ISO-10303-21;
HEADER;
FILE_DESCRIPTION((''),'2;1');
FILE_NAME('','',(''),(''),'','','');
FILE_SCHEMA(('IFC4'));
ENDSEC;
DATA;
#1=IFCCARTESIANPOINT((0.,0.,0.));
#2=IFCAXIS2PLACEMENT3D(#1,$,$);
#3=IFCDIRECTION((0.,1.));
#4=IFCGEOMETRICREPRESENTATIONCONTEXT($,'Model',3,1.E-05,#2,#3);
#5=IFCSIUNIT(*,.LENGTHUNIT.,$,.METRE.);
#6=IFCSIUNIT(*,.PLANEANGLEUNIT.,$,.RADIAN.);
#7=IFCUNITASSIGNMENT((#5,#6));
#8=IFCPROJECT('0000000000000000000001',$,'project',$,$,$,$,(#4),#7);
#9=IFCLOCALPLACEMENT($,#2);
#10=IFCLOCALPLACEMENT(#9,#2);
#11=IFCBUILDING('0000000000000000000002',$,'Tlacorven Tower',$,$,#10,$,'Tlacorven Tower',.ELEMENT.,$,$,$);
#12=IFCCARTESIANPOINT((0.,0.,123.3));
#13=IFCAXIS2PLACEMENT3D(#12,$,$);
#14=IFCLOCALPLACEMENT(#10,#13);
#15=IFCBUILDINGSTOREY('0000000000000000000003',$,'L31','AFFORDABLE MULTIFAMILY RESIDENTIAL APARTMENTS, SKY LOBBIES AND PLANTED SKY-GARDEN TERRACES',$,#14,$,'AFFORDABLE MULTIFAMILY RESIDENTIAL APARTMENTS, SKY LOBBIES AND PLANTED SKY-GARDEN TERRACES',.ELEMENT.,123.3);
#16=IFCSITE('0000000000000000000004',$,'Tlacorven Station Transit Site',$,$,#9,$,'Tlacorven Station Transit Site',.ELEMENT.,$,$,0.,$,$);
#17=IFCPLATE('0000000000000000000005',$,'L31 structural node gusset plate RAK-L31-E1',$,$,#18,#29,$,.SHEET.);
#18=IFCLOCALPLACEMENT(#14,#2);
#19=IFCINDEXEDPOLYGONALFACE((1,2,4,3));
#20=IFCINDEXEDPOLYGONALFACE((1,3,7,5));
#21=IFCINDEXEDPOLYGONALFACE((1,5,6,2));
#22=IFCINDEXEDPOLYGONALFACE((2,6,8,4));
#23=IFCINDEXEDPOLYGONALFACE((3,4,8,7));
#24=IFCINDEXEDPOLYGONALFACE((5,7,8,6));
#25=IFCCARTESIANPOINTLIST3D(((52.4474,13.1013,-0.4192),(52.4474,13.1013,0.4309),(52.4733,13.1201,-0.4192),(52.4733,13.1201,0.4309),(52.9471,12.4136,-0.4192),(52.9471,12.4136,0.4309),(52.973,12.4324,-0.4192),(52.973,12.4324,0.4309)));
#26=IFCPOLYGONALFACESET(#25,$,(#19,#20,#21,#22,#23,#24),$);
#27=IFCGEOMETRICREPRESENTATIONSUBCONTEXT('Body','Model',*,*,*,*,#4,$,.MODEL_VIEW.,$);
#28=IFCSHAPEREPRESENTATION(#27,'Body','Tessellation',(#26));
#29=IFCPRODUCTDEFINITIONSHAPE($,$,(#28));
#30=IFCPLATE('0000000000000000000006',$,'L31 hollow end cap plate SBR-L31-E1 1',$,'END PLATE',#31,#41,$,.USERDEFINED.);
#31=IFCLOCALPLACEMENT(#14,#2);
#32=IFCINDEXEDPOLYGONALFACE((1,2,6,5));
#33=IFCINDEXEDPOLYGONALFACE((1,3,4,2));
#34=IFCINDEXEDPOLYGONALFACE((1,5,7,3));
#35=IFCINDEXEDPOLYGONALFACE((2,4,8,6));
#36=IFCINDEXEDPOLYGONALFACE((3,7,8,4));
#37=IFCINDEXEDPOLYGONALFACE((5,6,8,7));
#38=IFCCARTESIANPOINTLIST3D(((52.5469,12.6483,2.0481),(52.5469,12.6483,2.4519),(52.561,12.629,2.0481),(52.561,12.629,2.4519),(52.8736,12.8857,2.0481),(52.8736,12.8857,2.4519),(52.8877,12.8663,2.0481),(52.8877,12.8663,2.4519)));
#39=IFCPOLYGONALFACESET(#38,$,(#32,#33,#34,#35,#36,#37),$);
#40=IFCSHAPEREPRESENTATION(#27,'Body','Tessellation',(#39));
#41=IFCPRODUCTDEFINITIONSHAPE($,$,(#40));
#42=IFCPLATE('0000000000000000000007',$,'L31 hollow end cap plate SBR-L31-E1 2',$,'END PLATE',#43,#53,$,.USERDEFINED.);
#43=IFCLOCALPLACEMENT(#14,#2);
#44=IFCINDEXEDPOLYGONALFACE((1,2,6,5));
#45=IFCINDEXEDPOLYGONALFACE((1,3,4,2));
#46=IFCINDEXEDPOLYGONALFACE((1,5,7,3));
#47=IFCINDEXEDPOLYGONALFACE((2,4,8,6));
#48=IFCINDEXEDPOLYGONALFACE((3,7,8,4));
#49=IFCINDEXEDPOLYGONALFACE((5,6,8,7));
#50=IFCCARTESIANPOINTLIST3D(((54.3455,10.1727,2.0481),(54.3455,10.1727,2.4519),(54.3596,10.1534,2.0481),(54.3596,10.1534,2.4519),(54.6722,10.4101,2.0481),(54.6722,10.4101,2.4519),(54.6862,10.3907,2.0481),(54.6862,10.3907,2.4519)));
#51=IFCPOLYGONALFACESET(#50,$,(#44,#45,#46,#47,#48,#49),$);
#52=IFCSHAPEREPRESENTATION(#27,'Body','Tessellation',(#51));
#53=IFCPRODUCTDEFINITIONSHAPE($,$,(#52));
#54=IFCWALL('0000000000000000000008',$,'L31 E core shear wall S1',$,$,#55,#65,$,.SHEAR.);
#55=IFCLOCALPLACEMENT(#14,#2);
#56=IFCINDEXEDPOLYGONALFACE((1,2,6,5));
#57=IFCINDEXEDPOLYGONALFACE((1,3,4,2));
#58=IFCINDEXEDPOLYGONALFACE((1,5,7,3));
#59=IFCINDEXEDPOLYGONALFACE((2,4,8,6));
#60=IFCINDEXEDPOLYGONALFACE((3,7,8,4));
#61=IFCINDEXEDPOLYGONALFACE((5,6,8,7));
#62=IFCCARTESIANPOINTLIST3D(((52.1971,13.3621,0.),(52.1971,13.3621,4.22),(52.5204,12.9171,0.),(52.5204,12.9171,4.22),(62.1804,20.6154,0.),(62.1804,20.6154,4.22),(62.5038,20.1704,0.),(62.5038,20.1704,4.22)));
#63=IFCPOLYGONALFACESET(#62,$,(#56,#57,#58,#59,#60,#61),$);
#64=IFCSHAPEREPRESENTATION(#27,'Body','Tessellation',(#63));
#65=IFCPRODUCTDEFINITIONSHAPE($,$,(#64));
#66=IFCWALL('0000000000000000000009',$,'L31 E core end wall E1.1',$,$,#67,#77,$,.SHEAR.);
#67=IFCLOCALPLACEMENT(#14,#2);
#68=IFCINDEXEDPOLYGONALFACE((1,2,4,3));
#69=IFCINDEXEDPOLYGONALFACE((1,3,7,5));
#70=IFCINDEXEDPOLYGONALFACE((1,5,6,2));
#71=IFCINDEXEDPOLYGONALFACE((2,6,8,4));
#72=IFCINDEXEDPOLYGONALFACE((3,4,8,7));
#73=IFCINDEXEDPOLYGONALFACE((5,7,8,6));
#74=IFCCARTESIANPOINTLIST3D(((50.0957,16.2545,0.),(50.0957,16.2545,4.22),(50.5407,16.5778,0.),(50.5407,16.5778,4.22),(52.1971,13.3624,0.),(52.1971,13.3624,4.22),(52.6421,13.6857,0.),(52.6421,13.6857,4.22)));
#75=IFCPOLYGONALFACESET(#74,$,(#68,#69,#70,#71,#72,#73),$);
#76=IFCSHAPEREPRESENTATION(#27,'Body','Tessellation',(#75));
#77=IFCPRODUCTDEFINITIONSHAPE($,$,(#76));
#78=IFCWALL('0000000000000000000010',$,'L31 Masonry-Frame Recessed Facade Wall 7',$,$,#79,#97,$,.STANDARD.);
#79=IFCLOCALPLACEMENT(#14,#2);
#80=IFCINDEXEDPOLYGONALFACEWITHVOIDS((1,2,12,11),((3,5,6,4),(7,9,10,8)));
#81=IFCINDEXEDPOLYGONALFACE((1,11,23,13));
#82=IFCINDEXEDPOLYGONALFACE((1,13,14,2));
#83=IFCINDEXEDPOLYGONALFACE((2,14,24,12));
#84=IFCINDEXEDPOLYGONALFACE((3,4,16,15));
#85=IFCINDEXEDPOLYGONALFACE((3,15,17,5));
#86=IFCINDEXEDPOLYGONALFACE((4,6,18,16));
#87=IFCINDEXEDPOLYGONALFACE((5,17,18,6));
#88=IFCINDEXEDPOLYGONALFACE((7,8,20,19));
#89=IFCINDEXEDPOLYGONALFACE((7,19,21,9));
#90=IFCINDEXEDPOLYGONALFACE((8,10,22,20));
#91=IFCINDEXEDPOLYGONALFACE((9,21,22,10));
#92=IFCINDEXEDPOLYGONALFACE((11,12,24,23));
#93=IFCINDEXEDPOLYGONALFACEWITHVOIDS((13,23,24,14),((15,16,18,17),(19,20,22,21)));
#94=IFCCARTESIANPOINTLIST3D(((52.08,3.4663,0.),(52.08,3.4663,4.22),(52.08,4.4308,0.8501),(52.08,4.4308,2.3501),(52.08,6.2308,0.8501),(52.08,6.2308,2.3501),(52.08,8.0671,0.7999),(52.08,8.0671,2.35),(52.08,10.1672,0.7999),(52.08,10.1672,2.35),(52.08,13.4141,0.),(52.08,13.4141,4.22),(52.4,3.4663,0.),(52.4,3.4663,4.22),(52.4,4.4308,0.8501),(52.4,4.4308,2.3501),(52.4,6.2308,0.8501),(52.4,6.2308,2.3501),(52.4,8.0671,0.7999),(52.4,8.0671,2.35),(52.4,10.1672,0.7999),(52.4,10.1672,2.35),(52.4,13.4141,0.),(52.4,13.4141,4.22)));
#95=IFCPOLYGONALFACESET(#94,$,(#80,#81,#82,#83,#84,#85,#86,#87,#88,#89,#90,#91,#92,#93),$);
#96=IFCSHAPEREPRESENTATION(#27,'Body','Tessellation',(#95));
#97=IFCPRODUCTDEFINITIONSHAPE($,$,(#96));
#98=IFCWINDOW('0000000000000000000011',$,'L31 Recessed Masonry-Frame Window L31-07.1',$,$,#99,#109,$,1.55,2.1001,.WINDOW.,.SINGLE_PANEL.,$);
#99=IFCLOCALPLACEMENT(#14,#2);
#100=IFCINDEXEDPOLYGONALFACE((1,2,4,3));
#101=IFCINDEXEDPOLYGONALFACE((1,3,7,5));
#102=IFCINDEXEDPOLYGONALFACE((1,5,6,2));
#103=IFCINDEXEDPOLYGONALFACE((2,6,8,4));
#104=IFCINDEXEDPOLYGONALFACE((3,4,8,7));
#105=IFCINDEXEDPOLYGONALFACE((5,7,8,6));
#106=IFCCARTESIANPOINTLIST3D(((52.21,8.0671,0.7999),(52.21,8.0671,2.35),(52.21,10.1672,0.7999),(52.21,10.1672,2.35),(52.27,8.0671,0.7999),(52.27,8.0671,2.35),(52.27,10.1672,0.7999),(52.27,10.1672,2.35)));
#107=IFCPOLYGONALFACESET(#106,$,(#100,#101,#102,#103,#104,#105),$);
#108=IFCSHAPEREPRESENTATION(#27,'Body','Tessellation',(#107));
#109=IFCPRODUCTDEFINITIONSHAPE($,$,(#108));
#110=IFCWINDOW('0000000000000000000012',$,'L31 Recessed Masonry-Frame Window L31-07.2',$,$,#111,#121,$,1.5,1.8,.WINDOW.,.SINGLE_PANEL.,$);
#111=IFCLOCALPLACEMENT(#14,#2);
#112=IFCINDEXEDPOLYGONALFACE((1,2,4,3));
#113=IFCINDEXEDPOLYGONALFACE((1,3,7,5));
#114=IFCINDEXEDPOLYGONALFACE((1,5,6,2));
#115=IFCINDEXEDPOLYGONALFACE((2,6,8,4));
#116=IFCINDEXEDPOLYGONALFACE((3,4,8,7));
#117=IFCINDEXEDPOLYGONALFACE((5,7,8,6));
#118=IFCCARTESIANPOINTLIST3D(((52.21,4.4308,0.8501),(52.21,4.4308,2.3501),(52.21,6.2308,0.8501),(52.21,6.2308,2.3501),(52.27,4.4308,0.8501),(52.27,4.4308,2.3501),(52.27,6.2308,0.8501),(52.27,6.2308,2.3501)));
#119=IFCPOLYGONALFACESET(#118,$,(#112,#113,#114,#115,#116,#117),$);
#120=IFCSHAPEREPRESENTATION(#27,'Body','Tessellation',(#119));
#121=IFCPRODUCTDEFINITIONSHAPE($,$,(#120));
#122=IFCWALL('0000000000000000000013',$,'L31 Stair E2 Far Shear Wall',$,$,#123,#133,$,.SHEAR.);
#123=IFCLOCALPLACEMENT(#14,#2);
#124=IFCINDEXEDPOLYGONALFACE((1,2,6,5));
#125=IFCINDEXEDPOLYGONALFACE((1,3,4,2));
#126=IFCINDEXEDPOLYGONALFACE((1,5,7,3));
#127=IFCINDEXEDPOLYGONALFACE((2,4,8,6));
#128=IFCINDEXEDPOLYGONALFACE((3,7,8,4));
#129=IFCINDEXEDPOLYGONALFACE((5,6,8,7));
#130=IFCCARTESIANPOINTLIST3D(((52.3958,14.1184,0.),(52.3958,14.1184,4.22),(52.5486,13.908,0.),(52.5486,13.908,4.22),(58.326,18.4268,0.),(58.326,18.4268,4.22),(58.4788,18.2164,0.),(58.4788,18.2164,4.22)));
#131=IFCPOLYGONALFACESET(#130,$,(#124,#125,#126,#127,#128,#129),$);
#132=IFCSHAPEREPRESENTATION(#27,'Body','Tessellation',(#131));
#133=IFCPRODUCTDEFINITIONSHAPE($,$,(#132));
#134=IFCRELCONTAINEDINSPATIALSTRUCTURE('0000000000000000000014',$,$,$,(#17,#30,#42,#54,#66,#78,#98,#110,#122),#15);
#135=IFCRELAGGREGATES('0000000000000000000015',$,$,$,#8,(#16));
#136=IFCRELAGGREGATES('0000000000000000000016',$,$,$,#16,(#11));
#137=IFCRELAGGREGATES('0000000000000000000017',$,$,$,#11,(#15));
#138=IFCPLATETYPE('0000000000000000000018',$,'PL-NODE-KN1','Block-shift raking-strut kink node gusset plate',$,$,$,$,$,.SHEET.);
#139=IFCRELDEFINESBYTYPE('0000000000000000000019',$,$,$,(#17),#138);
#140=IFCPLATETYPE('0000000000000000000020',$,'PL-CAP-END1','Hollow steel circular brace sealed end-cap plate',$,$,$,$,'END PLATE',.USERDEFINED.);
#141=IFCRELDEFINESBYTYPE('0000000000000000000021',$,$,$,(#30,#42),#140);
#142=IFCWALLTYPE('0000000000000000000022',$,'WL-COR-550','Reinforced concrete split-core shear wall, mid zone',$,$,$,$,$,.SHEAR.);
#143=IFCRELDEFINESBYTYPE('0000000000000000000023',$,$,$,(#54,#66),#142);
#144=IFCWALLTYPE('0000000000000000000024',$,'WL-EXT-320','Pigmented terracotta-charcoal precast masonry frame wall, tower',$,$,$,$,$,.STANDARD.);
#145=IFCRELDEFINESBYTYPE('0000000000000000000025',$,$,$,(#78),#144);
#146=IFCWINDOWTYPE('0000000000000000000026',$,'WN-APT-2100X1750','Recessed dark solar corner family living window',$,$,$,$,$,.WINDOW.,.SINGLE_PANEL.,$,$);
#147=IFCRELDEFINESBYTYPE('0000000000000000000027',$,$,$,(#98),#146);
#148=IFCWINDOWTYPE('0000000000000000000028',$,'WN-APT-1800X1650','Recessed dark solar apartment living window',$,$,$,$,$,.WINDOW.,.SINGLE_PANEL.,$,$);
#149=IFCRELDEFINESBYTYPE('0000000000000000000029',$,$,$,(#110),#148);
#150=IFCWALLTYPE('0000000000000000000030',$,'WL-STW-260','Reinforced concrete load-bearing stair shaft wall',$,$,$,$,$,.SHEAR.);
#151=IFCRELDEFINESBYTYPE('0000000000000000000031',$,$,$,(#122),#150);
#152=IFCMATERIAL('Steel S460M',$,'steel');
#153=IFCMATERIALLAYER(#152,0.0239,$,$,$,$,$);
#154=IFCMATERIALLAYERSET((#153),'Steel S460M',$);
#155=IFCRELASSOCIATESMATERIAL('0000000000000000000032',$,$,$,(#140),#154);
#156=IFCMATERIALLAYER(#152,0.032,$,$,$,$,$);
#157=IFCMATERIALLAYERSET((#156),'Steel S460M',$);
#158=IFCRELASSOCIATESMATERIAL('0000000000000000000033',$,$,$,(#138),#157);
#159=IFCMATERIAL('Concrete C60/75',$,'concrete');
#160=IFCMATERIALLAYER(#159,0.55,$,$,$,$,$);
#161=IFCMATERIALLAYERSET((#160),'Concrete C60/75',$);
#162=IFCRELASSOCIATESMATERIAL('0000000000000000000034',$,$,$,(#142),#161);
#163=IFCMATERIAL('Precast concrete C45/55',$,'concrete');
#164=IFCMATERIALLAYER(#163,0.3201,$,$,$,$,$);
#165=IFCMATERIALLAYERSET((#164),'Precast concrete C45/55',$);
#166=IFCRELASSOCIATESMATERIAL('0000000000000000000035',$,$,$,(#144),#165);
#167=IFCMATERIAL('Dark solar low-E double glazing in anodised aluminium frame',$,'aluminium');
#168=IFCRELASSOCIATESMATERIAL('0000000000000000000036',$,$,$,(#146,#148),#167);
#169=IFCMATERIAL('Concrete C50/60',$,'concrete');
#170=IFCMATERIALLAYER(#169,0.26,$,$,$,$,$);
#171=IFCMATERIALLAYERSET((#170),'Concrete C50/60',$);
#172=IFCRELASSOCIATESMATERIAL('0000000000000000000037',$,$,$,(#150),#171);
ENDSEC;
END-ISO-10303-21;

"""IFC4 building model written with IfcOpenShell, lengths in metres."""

from ifc_helpers import new_model, si_unit, direction, frame, frame_2d, origin, origin_2d, place, context, subcontext, project, spatial, rectangle, extrude, source, transform, mapped, material, layer, layer_set, type_object, element, fill, save


model = new_model("IFC4")

# Units and contexts
model_context = context("Model", 3, precision=1e-05, world=origin(), true_north=direction((0.0, 1.0)))
body_context = subcontext(model_context, "Body", "Model", "MODEL_VIEW")
ifc_project = project(units=[si_unit("LENGTHUNIT", "METRE"), si_unit("PLANEANGLEUNIT", "RADIAN")], contexts=[model_context])

# Site, building, storey
site_placement = place(None, origin())
site = spatial("IfcSite", under=ifc_project, at=site_placement, Name="Tlacorven Station Transit Site", LongName="Tlacorven Station Transit Site", CompositionType="ELEMENT", RefElevation=0.0)
building_placement = place(site_placement, origin())
building = spatial("IfcBuilding", under=site, at=building_placement, Name="Tlacorven Tower", LongName="Tlacorven Tower", CompositionType="ELEMENT")
storey_placement = place(building_placement, frame((0.0, 0.0, 123.3)))
storey = spatial("IfcBuildingStorey", under=building, at=storey_placement, Name="L31", Description="AFFORDABLE MULTIFAMILY RESIDENTIAL APARTMENTS, SKY LOBBIES AND PLANTED SKY-GARDEN TERRACES", LongName="AFFORDABLE MULTIFAMILY RESIDENTIAL APARTMENTS, SKY LOBBIES AND PLANTED SKY-GARDEN TERRACES", CompositionType="ELEMENT", Elevation=123.3)

# Shared definitions
ifc_material_1 = material(Name="Steel S460M", Category="steel")

# Plates
ifc_layer_1 = layer(ifc_material_1, 0.0239)
ifc_layer_set_1 = layer_set([ifc_layer_1], Name="Steel S460M")
plate_type_1 = type_object("IfcPlateType", Name="PL-CAP-END1", Description="Hollow steel circular brace sealed end-cap plate", ElementType="END PLATE", PredefinedType="USERDEFINED", material=ifc_layer_set_1)
ifc_layer_2 = layer(ifc_material_1, 0.032)
ifc_layer_set_2 = layer_set([ifc_layer_2], Name="Steel S460M")
plate_type_2 = type_object("IfcPlateType", Name="PL-NODE-KN1", Description="Block-shift raking-strut kink node gusset plate", PredefinedType="SHEET", material=ifc_layer_set_2)
shared_shape_1 = source(origin(), body_context, "Body", "SweptSolid", [
    extrude(rectangle(XDim=0.8501, YDim=0.032, at=origin_2d()), origin(), (0.0, 0.0, 1.0), 0.8501),
])
plate_1_placement = place(storey_placement, frame((52.7102, 12.7668, -0.4192), z_axis=(0.0, 0.0, 1.0), x_axis=(0.587785, -0.809017, 0.0)))
element("IfcPlate", 1, at=plate_1_placement, inside=storey, type_object=plate_type_2, Name="L31 structural node gusset plate RAK-L31-E1", PredefinedType="SHEET", context=body_context, shape_type="MappedRepresentation", body=[
    mapped(shared_shape_1, transform((0.0, 0.0, 0.0), scale=1.0)),
])
shared_shape_2 = source(origin(), body_context, "Body", "SweptSolid", [
    extrude(rectangle(XDim=0.0239, YDim=0.4038, at=origin_2d()), origin(), (0.0, 0.0, 1.0), 0.4038),
])
for number, where, z_axis, x_axis, name in (
    (2, (52.7173, 12.7573, 2.0481), (0.0, 0.0, 1.0), (0.587784, -0.809018, 0.0), "L31 hollow end cap plate SBR-L31-E1 1"),
    (3, (54.5159, 10.2817, 2.0481), (0.0, 0.0, 1.0), (0.587784, -0.809018, 0.0), "L31 hollow end cap plate SBR-L31-E1 2"),
):
    element("IfcPlate", number, at=place(storey_placement, frame(where, z_axis=z_axis, x_axis=x_axis)), inside=storey, type_object=plate_type_1, Name=name, ObjectType="END PLATE", PredefinedType="USERDEFINED", context=body_context, shape_type="MappedRepresentation", body=[
        mapped(shared_shape_2, transform((0.0, 0.0, 0.0), scale=1.0)),
    ])

# Walls
ifc_material_2 = material(Name="Concrete C60/75", Category="concrete")
ifc_layer_3 = layer(ifc_material_2, 0.55)
ifc_layer_set_3 = layer_set([ifc_layer_3], Name="Concrete C60/75")
wall_type_1 = type_object("IfcWallType", Name="WL-COR-550", Description="Reinforced concrete split-core shear wall, mid zone", PredefinedType="SHEAR", material=ifc_layer_set_3)
wall_1_placement = place(storey_placement, frame((52.3589, 13.1396, 0.0), z_axis=(0.0, 0.0, 1.0), x_axis=(0.809015, 0.587788, 0.0)))
element("IfcWall", 4, at=wall_1_placement, inside=storey, type_object=wall_type_1, Name="L31 E core shear wall S1", PredefinedType="SHEAR", context=body_context, shape_type="SweptSolid", body=[
    extrude(rectangle(XDim=12.3401, YDim=0.55, at=frame_2d((6.1699, 0.0))), origin(), (0.0, 0.0, 1.0), 4.22),
])
wall_2_placement = place(storey_placement, frame((52.4197, 13.5239, 0.0), z_axis=(0.0, 0.0, 1.0), x_axis=(-0.587802, 0.809005, 0.0)))
element("IfcWall", 5, at=wall_2_placement, inside=storey, type_object=wall_type_1, Name="L31 E core end wall E1.1", PredefinedType="SHEAR", context=body_context, shape_type="SweptSolid", body=[
    extrude(rectangle(XDim=3.575, YDim=0.55, at=frame_2d((1.7876, 0.0))), origin(), (0.0, 0.0, 1.0), 4.22),
])

# Wall, openings, windows
ifc_material_3 = material(Name="Precast concrete C45/55", Category="concrete")
ifc_layer_4 = layer(ifc_material_3, 0.3201)
ifc_layer_set_4 = layer_set([ifc_layer_4], Name="Precast concrete C45/55")
wall_type_2 = type_object("IfcWallType", Name="WL-EXT-320", Description="Pigmented terracotta-charcoal precast masonry frame wall, tower", PredefinedType="STANDARD", material=ifc_layer_set_4)
wall_3_placement = place(storey_placement, frame((52.24, 13.4141, 0.0), z_axis=(0.0, 0.0, 1.0), x_axis=(0.0, -1.0, 0.0)))
wall_3 = element("IfcWall", 6, at=wall_3_placement, inside=storey, type_object=wall_type_2, Name="L31 Masonry-Frame Recessed Facade Wall 7", PredefinedType="STANDARD", context=body_context, shape_type="SweptSolid", body=[
    extrude(rectangle(XDim=9.9478, YDim=0.3201, at=frame_2d((4.9739, 0.0))), origin(), (0.0, 0.0, 1.0), 4.22),
])
opening_1_placement = place(wall_3_placement, frame((3.2468, 0.0, 0.8)))
opening_1 = element("IfcOpeningElement", 7, at=opening_1_placement, cuts=wall_3, PredefinedType="OPENING", context=body_context, shape_type="SweptSolid", body=[
    extrude(rectangle(XDim=2.1001, YDim=1.55, at=frame_2d((1.05, 0.7749))), frame((0.0, 0.1699, 0.0), z_axis=(0.0, -1.0, 0.0), x_axis=(1.0, 0.0, 0.0)), (0.0, 0.0, 1.0), 0.3401),
])
opening_2_placement = place(wall_3_placement, frame((7.1833, 0.0, 0.8501)))
opening_2 = element("IfcOpeningElement", 8, at=opening_2_placement, cuts=wall_3, PredefinedType="OPENING", context=body_context, shape_type="SweptSolid", body=[
    extrude(rectangle(XDim=1.8, YDim=1.5, at=frame_2d((0.8999, 0.75))), frame((0.0, 0.1699, 0.0), z_axis=(0.0, -1.0, 0.0), x_axis=(1.0, 0.0, 0.0)), (0.0, 0.0, 1.0), 0.3401),
])
ifc_material_4 = material(Name="Dark solar low-E double glazing in anodised aluminium frame", Category="aluminium")
window_type_1 = type_object("IfcWindowType", Name="WN-APT-2100X1750", Description="Recessed dark solar corner family living window", PartitioningType="SINGLE_PANEL", PredefinedType="WINDOW", material=ifc_material_4)
shared_shape_3 = source(origin(), body_context, "Body", "SweptSolid", [
    extrude(rectangle(XDim=2.1001, YDim=1.55, at=frame_2d((1.05, 0.7749))), frame((0.0, 0.03, 0.0), z_axis=(0.0, -1.0, 0.0), x_axis=(1.0, 0.0, 0.0)), (0.0, 0.0, 1.0), 0.0601),
])
window_1_placement = place(opening_1_placement, origin())
window_1 = element("IfcWindow", 9, at=window_1_placement, inside=storey, type_object=window_type_1, Name="L31 Recessed Masonry-Frame Window L31-07.1", OverallHeight=1.55, OverallWidth=2.1001, PartitioningType="SINGLE_PANEL", PredefinedType="WINDOW", context=body_context, shape_type="MappedRepresentation", body=[
    mapped(shared_shape_3, transform((0.0, 0.0, 0.0), scale=1.0)),
])
fill(opening_1, window_1)
window_type_2 = type_object("IfcWindowType", Name="WN-APT-1800X1650", Description="Recessed dark solar apartment living window", PartitioningType="SINGLE_PANEL", PredefinedType="WINDOW", material=ifc_material_4)
shared_shape_4 = source(origin(), body_context, "Body", "SweptSolid", [
    extrude(rectangle(XDim=1.8, YDim=1.5, at=frame_2d((0.8999, 0.75))), frame((0.0, 0.03, 0.0), z_axis=(0.0, -1.0, 0.0), x_axis=(1.0, 0.0, 0.0)), (0.0, 0.0, 1.0), 0.0601),
])
window_2_placement = place(opening_2_placement, origin())
window_2 = element("IfcWindow", 10, at=window_2_placement, inside=storey, type_object=window_type_2, Name="L31 Recessed Masonry-Frame Window L31-07.2", OverallHeight=1.5, OverallWidth=1.8, PartitioningType="SINGLE_PANEL", PredefinedType="WINDOW", context=body_context, shape_type="MappedRepresentation", body=[
    mapped(shared_shape_4, transform((0.0, 0.0, 0.0), scale=1.0)),
])
fill(opening_2, window_2)

# Wall
ifc_material_5 = material(Name="Concrete C50/60", Category="concrete")
ifc_layer_5 = layer(ifc_material_5, 0.26)
ifc_layer_set_5 = layer_set([ifc_layer_5], Name="Concrete C50/60")
wall_type_3 = type_object("IfcWallType", Name="WL-STW-260", Description="Reinforced concrete load-bearing stair shaft wall", PredefinedType="SHEAR", material=ifc_layer_set_5)
wall_4_placement = place(storey_placement, frame((52.4722, 14.0132, 0.0), z_axis=(0.0, 0.0, 1.0), x_axis=(0.809028, 0.58777, 0.0)))
element("IfcWall", 11, at=wall_4_placement, inside=storey, type_object=wall_type_3, Name="L31 Stair E2 Far Shear Wall", PredefinedType="SHEAR", context=body_context, shape_type="SweptSolid", body=[
    extrude(rectangle(XDim=7.3301, YDim=0.26, at=frame_2d((3.665, 0.0))), origin(), (0.0, 0.0, 1.0), 4.22),
])

save(model, "model.ifc")
